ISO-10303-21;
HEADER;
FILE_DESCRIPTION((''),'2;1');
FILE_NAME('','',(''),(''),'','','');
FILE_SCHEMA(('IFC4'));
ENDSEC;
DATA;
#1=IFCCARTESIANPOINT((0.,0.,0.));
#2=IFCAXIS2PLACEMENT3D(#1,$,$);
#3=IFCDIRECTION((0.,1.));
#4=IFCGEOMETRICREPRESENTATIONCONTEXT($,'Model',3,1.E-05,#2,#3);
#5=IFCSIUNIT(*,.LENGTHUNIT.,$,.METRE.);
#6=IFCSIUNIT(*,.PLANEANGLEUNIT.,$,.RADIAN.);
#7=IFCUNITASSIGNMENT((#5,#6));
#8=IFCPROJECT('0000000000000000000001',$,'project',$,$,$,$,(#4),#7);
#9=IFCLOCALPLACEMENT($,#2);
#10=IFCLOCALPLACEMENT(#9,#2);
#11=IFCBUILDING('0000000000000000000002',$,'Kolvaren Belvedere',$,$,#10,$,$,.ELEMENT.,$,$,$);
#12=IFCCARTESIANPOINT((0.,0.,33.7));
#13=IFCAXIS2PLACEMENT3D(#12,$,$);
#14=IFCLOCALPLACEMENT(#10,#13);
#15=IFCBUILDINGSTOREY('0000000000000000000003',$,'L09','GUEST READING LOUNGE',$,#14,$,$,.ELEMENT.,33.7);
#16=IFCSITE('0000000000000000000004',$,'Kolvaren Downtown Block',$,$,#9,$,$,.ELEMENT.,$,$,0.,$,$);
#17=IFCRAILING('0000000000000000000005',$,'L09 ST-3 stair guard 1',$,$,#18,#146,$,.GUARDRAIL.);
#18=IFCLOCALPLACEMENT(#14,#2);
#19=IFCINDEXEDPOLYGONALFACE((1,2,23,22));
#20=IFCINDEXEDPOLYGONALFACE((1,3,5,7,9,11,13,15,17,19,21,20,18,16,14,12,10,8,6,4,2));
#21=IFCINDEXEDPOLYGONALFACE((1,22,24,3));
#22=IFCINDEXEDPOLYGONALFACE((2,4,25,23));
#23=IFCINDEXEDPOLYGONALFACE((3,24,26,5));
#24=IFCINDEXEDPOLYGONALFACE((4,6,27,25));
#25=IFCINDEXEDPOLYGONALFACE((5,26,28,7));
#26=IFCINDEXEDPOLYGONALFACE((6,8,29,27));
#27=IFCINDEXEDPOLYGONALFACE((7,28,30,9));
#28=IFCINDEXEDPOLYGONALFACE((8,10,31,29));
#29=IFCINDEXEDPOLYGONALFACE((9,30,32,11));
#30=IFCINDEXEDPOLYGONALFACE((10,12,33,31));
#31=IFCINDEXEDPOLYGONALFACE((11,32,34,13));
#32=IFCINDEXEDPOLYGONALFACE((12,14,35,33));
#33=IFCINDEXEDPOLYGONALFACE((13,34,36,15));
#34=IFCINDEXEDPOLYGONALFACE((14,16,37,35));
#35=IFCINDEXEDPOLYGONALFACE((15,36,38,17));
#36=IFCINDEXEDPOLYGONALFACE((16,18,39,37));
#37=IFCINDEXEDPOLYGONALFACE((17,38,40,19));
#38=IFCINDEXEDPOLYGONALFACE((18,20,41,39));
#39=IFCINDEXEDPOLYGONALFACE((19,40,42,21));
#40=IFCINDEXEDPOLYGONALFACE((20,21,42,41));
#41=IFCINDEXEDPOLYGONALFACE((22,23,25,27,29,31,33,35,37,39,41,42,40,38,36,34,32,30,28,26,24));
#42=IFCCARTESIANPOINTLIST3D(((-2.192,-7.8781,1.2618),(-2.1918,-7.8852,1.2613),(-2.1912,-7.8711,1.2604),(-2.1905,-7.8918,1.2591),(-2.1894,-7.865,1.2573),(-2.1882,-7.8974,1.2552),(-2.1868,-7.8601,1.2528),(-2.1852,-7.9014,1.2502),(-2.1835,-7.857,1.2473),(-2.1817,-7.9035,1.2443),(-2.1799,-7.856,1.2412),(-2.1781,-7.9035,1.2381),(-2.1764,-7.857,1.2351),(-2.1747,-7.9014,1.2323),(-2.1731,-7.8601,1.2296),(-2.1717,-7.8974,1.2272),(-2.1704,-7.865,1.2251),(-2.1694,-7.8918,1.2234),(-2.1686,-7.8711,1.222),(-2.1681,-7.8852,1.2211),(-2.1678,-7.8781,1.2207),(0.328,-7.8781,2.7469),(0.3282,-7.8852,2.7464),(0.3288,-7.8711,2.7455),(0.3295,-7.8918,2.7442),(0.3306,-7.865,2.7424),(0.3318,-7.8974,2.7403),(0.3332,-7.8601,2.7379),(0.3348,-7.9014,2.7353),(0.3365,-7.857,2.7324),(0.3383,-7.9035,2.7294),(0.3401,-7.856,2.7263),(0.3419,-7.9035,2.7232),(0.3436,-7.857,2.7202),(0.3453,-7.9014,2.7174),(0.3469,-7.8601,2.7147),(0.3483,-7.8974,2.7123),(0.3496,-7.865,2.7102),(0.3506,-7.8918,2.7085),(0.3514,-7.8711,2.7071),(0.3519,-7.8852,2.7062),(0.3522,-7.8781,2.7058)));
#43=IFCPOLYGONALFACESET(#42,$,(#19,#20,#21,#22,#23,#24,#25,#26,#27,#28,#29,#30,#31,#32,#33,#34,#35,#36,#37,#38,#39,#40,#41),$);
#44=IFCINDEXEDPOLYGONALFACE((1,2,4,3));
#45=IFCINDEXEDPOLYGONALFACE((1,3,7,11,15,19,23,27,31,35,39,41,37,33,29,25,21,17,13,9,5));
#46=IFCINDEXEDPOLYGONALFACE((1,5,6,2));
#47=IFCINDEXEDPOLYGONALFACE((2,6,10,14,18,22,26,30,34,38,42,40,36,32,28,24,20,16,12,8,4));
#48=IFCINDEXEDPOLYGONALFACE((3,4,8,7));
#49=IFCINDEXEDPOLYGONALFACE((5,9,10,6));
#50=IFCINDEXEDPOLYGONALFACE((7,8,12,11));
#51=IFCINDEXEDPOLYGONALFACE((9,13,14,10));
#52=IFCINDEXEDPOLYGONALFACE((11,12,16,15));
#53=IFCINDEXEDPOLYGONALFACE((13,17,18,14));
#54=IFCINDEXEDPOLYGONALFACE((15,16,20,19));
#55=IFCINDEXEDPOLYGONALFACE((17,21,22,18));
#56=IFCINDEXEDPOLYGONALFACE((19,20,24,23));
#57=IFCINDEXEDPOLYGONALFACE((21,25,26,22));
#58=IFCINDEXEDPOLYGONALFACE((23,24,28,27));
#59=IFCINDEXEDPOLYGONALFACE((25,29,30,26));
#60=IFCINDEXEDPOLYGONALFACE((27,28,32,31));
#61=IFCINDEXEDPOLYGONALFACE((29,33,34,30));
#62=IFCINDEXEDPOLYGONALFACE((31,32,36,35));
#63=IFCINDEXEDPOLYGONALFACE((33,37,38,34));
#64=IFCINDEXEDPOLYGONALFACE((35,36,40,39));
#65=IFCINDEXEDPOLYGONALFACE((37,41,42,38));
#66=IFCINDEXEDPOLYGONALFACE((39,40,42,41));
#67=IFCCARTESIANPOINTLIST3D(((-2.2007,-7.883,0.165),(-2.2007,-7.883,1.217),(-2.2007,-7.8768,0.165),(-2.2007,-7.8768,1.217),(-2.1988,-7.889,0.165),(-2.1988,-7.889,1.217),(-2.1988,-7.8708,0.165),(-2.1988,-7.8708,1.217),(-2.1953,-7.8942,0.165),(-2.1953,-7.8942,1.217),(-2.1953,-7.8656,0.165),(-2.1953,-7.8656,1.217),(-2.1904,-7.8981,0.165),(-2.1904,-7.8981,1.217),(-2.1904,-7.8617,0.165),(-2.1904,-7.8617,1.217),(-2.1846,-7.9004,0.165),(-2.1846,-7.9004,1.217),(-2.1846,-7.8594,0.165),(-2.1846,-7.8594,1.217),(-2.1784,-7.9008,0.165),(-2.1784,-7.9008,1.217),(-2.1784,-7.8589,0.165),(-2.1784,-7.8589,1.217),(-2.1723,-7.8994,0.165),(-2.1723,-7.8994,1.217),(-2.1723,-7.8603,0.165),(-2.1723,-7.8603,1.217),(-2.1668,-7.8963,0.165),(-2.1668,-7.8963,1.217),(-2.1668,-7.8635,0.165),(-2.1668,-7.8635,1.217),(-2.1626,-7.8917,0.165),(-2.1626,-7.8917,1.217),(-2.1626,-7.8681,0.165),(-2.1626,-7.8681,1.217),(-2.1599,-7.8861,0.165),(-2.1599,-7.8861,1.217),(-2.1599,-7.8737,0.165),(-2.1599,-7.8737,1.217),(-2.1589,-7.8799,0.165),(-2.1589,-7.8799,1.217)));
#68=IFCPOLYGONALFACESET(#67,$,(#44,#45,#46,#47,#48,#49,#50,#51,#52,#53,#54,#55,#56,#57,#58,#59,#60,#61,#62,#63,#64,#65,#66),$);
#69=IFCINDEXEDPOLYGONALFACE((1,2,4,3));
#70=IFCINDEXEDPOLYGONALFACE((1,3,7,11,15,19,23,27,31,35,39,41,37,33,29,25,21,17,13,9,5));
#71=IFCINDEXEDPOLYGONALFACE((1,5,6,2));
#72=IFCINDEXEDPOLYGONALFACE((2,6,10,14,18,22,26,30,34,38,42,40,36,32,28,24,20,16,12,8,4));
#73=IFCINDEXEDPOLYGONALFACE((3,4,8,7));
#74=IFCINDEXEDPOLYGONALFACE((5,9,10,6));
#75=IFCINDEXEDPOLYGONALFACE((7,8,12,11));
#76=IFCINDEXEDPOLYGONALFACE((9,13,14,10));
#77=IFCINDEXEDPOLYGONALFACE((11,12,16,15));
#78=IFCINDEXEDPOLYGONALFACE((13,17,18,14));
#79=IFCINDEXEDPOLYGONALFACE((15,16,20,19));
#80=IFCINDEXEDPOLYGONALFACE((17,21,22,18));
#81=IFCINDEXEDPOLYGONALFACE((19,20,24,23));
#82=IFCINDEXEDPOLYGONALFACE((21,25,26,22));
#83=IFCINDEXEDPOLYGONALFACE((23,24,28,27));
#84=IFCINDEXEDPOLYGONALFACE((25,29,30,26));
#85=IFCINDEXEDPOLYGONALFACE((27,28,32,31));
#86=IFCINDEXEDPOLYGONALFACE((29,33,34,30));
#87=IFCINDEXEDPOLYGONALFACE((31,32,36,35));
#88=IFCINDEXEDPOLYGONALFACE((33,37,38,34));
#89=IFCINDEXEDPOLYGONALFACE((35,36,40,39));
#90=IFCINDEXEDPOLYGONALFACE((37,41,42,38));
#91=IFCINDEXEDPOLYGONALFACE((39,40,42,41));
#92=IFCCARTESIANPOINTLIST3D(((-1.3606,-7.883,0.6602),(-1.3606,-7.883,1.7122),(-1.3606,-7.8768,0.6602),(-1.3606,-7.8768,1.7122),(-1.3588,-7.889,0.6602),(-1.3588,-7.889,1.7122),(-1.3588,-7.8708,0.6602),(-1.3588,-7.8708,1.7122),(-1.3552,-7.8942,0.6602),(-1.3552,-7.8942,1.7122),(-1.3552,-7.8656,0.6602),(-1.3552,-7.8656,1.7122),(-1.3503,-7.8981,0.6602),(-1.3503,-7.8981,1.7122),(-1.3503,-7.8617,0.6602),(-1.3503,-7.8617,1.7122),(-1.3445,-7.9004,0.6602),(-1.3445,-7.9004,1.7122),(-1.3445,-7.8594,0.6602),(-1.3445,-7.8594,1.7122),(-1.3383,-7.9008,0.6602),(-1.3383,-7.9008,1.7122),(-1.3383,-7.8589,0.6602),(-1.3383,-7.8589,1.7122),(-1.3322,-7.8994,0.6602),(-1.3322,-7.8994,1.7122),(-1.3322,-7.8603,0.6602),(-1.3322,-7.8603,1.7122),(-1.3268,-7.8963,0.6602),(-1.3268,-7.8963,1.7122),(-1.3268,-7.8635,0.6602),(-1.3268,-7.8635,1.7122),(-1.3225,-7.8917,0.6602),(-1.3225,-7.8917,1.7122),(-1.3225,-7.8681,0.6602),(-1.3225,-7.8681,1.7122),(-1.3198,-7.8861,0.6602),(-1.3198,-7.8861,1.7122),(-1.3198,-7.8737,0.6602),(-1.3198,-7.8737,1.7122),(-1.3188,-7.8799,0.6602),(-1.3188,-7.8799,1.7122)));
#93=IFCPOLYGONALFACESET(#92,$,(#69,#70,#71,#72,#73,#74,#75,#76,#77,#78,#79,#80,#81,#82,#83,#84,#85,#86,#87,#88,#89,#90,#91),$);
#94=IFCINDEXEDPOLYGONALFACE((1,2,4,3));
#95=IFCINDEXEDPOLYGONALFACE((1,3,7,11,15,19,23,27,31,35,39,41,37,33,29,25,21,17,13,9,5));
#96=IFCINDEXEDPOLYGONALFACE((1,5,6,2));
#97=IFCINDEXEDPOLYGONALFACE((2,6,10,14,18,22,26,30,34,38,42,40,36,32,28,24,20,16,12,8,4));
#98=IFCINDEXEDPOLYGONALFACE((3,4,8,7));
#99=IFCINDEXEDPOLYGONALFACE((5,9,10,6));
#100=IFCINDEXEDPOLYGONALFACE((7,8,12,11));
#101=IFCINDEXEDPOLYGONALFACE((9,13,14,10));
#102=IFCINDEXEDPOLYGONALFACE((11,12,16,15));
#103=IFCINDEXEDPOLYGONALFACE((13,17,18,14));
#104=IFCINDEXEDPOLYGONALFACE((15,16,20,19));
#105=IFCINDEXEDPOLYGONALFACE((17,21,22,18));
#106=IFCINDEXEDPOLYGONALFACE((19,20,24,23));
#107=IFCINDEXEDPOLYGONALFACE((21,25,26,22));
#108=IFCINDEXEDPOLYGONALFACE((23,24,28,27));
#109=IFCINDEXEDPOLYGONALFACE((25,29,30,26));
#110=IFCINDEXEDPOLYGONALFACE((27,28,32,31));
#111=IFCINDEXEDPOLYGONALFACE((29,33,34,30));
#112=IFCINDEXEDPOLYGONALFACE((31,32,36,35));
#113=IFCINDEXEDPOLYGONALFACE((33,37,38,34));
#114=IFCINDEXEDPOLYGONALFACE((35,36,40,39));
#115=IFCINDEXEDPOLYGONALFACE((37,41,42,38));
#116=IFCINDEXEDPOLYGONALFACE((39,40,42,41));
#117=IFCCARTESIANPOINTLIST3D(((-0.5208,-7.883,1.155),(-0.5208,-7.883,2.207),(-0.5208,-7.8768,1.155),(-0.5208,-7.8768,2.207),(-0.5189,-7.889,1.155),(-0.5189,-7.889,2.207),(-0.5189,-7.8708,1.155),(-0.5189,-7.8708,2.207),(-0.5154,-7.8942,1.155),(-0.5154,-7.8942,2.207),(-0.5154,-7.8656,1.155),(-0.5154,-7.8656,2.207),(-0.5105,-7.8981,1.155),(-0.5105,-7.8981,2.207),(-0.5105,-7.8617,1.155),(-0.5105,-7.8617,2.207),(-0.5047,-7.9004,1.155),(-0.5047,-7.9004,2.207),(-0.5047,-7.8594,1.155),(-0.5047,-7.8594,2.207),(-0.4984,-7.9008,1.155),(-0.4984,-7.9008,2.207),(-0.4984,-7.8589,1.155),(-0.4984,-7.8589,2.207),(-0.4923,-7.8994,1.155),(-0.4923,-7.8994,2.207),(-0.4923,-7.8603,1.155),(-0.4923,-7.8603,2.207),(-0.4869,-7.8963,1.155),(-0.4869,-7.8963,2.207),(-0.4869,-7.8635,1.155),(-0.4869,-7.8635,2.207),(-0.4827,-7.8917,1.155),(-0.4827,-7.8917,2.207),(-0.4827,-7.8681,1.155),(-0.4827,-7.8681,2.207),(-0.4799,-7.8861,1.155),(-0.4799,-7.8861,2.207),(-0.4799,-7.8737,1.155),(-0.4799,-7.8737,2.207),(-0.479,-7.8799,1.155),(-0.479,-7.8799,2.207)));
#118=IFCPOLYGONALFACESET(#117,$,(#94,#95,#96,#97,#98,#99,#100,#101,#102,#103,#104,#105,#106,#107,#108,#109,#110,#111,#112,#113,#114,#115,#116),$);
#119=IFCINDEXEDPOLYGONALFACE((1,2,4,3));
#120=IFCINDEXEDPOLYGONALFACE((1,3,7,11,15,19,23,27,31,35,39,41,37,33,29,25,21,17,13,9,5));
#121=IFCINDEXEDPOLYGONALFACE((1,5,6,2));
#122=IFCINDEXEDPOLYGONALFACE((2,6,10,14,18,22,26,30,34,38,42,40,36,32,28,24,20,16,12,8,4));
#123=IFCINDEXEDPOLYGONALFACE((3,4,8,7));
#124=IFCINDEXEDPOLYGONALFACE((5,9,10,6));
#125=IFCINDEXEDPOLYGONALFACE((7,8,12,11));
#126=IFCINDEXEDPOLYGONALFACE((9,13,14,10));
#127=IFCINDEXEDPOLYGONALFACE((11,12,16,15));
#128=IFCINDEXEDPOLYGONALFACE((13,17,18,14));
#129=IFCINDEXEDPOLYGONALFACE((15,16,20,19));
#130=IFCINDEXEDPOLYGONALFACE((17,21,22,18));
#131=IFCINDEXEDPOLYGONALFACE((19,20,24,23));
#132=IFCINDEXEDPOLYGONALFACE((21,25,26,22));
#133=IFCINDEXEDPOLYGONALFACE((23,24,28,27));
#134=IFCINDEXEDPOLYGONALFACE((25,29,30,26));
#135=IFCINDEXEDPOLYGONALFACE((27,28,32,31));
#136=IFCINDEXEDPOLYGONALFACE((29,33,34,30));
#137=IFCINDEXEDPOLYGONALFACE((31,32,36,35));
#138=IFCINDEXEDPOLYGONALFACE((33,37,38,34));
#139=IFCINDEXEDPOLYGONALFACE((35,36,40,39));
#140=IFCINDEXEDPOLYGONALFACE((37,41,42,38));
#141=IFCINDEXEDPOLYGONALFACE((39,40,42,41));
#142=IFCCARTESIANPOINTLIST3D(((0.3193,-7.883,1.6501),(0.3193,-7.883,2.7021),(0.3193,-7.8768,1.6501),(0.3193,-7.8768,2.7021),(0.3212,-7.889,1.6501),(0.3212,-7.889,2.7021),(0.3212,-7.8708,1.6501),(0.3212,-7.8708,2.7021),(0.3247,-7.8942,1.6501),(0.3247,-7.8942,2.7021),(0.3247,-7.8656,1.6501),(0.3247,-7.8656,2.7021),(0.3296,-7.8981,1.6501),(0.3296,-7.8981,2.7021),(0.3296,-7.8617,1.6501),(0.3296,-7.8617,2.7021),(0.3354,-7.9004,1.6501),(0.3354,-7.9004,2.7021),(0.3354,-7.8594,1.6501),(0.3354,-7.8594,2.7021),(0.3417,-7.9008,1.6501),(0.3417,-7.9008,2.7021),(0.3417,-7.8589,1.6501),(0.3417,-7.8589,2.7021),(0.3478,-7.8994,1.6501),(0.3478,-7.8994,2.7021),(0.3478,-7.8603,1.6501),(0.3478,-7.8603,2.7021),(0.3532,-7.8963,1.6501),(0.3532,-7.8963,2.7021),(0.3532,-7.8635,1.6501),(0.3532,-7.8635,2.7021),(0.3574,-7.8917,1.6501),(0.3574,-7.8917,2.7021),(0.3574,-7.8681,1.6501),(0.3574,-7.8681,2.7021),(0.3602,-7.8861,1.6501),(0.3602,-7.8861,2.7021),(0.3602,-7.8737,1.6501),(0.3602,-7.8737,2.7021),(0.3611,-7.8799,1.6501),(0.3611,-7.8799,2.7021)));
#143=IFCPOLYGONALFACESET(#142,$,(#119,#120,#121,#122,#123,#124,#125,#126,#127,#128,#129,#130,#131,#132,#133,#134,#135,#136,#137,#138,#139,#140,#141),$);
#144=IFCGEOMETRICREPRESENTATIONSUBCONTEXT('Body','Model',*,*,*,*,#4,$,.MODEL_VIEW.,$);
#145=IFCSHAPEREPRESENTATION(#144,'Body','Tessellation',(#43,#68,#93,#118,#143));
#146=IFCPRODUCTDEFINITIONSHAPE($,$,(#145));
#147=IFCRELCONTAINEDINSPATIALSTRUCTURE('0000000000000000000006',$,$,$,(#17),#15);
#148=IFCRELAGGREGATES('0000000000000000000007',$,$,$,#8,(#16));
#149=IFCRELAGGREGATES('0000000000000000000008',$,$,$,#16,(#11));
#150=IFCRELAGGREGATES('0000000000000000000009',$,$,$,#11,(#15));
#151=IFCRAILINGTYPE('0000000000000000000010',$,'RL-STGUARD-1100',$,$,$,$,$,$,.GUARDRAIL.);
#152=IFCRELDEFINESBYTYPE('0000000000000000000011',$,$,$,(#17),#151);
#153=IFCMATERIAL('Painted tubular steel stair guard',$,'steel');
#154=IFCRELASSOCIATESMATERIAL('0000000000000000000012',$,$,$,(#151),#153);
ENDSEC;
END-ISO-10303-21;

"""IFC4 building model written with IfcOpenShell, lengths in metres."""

from ifc_helpers import new_model, si_unit, direction, frame, origin, origin_2d, place, context, subcontext, project, spatial, circle, extrude, material, type_object, element, save


model = new_model("IFC4")

# Units and contexts
model_context = context("Model", 3, precision=1e-05, world=origin(), true_north=direction((0.0, 1.0)))
body_context = subcontext(model_context, "Body", "Model", "MODEL_VIEW")
ifc_project = project(units=[si_unit("LENGTHUNIT", "METRE"), si_unit("PLANEANGLEUNIT", "RADIAN")], contexts=[model_context])

# Site, building, storey
site_placement = place(None, origin())
site = spatial("IfcSite", under=ifc_project, at=site_placement, Name="Kolvaren Downtown Block", CompositionType="ELEMENT", RefElevation=0.0)
building_placement = place(site_placement, origin())
building = spatial("IfcBuilding", under=site, at=building_placement, Name="Kolvaren Belvedere", CompositionType="ELEMENT")
storey_placement = place(building_placement, frame((0.0, 0.0, 33.7)))
storey = spatial("IfcBuildingStorey", under=building, at=storey_placement, Name="L09", Description="GUEST READING LOUNGE", CompositionType="ELEMENT", Elevation=33.7)

# Railing
ifc_material_1 = material(Name="Painted tubular steel stair guard", Category="steel")
railing_type = type_object("IfcRailingType", Name="RL-STGUARD-1100", PredefinedType="GUARDRAIL", material=ifc_material_1)
railing_1_placement = place(storey_placement, frame((-2.1799, -7.8799, 0.165)))
element("IfcRailing", 1, at=railing_1_placement, inside=storey, type_object=railing_type, Name="L09 ST-3 stair guard 1", PredefinedType="GUARDRAIL", context=body_context, shape_type="SweptSolid", body=[
    extrude(circle(Radius=0.0239, at=origin_2d()), frame((0.0, 0.0, 1.0762), z_axis=(0.861524, 0.0, 0.507717), x_axis=(0.0, 1.0, 0.0)), (0.0, 0.0, 1.0), 2.925),
    extrude(circle(Radius=0.021, at=origin_2d()), origin(), (0.0, 0.0, 1.0), 1.052),
    extrude(circle(Radius=0.021, at=origin_2d()), frame((0.8401, 0.0, 0.4951)), (0.0, 0.0, 1.0), 1.052),
    extrude(circle(Radius=0.021, at=origin_2d()), frame((1.6799, 0.0, 0.99)), (0.0, 0.0, 1.0), 1.052),
    extrude(circle(Radius=0.021, at=origin_2d()), frame((2.52, 0.0, 1.4851)), (0.0, 0.0, 1.0), 1.052),
])

save(model, "model.ifc")
